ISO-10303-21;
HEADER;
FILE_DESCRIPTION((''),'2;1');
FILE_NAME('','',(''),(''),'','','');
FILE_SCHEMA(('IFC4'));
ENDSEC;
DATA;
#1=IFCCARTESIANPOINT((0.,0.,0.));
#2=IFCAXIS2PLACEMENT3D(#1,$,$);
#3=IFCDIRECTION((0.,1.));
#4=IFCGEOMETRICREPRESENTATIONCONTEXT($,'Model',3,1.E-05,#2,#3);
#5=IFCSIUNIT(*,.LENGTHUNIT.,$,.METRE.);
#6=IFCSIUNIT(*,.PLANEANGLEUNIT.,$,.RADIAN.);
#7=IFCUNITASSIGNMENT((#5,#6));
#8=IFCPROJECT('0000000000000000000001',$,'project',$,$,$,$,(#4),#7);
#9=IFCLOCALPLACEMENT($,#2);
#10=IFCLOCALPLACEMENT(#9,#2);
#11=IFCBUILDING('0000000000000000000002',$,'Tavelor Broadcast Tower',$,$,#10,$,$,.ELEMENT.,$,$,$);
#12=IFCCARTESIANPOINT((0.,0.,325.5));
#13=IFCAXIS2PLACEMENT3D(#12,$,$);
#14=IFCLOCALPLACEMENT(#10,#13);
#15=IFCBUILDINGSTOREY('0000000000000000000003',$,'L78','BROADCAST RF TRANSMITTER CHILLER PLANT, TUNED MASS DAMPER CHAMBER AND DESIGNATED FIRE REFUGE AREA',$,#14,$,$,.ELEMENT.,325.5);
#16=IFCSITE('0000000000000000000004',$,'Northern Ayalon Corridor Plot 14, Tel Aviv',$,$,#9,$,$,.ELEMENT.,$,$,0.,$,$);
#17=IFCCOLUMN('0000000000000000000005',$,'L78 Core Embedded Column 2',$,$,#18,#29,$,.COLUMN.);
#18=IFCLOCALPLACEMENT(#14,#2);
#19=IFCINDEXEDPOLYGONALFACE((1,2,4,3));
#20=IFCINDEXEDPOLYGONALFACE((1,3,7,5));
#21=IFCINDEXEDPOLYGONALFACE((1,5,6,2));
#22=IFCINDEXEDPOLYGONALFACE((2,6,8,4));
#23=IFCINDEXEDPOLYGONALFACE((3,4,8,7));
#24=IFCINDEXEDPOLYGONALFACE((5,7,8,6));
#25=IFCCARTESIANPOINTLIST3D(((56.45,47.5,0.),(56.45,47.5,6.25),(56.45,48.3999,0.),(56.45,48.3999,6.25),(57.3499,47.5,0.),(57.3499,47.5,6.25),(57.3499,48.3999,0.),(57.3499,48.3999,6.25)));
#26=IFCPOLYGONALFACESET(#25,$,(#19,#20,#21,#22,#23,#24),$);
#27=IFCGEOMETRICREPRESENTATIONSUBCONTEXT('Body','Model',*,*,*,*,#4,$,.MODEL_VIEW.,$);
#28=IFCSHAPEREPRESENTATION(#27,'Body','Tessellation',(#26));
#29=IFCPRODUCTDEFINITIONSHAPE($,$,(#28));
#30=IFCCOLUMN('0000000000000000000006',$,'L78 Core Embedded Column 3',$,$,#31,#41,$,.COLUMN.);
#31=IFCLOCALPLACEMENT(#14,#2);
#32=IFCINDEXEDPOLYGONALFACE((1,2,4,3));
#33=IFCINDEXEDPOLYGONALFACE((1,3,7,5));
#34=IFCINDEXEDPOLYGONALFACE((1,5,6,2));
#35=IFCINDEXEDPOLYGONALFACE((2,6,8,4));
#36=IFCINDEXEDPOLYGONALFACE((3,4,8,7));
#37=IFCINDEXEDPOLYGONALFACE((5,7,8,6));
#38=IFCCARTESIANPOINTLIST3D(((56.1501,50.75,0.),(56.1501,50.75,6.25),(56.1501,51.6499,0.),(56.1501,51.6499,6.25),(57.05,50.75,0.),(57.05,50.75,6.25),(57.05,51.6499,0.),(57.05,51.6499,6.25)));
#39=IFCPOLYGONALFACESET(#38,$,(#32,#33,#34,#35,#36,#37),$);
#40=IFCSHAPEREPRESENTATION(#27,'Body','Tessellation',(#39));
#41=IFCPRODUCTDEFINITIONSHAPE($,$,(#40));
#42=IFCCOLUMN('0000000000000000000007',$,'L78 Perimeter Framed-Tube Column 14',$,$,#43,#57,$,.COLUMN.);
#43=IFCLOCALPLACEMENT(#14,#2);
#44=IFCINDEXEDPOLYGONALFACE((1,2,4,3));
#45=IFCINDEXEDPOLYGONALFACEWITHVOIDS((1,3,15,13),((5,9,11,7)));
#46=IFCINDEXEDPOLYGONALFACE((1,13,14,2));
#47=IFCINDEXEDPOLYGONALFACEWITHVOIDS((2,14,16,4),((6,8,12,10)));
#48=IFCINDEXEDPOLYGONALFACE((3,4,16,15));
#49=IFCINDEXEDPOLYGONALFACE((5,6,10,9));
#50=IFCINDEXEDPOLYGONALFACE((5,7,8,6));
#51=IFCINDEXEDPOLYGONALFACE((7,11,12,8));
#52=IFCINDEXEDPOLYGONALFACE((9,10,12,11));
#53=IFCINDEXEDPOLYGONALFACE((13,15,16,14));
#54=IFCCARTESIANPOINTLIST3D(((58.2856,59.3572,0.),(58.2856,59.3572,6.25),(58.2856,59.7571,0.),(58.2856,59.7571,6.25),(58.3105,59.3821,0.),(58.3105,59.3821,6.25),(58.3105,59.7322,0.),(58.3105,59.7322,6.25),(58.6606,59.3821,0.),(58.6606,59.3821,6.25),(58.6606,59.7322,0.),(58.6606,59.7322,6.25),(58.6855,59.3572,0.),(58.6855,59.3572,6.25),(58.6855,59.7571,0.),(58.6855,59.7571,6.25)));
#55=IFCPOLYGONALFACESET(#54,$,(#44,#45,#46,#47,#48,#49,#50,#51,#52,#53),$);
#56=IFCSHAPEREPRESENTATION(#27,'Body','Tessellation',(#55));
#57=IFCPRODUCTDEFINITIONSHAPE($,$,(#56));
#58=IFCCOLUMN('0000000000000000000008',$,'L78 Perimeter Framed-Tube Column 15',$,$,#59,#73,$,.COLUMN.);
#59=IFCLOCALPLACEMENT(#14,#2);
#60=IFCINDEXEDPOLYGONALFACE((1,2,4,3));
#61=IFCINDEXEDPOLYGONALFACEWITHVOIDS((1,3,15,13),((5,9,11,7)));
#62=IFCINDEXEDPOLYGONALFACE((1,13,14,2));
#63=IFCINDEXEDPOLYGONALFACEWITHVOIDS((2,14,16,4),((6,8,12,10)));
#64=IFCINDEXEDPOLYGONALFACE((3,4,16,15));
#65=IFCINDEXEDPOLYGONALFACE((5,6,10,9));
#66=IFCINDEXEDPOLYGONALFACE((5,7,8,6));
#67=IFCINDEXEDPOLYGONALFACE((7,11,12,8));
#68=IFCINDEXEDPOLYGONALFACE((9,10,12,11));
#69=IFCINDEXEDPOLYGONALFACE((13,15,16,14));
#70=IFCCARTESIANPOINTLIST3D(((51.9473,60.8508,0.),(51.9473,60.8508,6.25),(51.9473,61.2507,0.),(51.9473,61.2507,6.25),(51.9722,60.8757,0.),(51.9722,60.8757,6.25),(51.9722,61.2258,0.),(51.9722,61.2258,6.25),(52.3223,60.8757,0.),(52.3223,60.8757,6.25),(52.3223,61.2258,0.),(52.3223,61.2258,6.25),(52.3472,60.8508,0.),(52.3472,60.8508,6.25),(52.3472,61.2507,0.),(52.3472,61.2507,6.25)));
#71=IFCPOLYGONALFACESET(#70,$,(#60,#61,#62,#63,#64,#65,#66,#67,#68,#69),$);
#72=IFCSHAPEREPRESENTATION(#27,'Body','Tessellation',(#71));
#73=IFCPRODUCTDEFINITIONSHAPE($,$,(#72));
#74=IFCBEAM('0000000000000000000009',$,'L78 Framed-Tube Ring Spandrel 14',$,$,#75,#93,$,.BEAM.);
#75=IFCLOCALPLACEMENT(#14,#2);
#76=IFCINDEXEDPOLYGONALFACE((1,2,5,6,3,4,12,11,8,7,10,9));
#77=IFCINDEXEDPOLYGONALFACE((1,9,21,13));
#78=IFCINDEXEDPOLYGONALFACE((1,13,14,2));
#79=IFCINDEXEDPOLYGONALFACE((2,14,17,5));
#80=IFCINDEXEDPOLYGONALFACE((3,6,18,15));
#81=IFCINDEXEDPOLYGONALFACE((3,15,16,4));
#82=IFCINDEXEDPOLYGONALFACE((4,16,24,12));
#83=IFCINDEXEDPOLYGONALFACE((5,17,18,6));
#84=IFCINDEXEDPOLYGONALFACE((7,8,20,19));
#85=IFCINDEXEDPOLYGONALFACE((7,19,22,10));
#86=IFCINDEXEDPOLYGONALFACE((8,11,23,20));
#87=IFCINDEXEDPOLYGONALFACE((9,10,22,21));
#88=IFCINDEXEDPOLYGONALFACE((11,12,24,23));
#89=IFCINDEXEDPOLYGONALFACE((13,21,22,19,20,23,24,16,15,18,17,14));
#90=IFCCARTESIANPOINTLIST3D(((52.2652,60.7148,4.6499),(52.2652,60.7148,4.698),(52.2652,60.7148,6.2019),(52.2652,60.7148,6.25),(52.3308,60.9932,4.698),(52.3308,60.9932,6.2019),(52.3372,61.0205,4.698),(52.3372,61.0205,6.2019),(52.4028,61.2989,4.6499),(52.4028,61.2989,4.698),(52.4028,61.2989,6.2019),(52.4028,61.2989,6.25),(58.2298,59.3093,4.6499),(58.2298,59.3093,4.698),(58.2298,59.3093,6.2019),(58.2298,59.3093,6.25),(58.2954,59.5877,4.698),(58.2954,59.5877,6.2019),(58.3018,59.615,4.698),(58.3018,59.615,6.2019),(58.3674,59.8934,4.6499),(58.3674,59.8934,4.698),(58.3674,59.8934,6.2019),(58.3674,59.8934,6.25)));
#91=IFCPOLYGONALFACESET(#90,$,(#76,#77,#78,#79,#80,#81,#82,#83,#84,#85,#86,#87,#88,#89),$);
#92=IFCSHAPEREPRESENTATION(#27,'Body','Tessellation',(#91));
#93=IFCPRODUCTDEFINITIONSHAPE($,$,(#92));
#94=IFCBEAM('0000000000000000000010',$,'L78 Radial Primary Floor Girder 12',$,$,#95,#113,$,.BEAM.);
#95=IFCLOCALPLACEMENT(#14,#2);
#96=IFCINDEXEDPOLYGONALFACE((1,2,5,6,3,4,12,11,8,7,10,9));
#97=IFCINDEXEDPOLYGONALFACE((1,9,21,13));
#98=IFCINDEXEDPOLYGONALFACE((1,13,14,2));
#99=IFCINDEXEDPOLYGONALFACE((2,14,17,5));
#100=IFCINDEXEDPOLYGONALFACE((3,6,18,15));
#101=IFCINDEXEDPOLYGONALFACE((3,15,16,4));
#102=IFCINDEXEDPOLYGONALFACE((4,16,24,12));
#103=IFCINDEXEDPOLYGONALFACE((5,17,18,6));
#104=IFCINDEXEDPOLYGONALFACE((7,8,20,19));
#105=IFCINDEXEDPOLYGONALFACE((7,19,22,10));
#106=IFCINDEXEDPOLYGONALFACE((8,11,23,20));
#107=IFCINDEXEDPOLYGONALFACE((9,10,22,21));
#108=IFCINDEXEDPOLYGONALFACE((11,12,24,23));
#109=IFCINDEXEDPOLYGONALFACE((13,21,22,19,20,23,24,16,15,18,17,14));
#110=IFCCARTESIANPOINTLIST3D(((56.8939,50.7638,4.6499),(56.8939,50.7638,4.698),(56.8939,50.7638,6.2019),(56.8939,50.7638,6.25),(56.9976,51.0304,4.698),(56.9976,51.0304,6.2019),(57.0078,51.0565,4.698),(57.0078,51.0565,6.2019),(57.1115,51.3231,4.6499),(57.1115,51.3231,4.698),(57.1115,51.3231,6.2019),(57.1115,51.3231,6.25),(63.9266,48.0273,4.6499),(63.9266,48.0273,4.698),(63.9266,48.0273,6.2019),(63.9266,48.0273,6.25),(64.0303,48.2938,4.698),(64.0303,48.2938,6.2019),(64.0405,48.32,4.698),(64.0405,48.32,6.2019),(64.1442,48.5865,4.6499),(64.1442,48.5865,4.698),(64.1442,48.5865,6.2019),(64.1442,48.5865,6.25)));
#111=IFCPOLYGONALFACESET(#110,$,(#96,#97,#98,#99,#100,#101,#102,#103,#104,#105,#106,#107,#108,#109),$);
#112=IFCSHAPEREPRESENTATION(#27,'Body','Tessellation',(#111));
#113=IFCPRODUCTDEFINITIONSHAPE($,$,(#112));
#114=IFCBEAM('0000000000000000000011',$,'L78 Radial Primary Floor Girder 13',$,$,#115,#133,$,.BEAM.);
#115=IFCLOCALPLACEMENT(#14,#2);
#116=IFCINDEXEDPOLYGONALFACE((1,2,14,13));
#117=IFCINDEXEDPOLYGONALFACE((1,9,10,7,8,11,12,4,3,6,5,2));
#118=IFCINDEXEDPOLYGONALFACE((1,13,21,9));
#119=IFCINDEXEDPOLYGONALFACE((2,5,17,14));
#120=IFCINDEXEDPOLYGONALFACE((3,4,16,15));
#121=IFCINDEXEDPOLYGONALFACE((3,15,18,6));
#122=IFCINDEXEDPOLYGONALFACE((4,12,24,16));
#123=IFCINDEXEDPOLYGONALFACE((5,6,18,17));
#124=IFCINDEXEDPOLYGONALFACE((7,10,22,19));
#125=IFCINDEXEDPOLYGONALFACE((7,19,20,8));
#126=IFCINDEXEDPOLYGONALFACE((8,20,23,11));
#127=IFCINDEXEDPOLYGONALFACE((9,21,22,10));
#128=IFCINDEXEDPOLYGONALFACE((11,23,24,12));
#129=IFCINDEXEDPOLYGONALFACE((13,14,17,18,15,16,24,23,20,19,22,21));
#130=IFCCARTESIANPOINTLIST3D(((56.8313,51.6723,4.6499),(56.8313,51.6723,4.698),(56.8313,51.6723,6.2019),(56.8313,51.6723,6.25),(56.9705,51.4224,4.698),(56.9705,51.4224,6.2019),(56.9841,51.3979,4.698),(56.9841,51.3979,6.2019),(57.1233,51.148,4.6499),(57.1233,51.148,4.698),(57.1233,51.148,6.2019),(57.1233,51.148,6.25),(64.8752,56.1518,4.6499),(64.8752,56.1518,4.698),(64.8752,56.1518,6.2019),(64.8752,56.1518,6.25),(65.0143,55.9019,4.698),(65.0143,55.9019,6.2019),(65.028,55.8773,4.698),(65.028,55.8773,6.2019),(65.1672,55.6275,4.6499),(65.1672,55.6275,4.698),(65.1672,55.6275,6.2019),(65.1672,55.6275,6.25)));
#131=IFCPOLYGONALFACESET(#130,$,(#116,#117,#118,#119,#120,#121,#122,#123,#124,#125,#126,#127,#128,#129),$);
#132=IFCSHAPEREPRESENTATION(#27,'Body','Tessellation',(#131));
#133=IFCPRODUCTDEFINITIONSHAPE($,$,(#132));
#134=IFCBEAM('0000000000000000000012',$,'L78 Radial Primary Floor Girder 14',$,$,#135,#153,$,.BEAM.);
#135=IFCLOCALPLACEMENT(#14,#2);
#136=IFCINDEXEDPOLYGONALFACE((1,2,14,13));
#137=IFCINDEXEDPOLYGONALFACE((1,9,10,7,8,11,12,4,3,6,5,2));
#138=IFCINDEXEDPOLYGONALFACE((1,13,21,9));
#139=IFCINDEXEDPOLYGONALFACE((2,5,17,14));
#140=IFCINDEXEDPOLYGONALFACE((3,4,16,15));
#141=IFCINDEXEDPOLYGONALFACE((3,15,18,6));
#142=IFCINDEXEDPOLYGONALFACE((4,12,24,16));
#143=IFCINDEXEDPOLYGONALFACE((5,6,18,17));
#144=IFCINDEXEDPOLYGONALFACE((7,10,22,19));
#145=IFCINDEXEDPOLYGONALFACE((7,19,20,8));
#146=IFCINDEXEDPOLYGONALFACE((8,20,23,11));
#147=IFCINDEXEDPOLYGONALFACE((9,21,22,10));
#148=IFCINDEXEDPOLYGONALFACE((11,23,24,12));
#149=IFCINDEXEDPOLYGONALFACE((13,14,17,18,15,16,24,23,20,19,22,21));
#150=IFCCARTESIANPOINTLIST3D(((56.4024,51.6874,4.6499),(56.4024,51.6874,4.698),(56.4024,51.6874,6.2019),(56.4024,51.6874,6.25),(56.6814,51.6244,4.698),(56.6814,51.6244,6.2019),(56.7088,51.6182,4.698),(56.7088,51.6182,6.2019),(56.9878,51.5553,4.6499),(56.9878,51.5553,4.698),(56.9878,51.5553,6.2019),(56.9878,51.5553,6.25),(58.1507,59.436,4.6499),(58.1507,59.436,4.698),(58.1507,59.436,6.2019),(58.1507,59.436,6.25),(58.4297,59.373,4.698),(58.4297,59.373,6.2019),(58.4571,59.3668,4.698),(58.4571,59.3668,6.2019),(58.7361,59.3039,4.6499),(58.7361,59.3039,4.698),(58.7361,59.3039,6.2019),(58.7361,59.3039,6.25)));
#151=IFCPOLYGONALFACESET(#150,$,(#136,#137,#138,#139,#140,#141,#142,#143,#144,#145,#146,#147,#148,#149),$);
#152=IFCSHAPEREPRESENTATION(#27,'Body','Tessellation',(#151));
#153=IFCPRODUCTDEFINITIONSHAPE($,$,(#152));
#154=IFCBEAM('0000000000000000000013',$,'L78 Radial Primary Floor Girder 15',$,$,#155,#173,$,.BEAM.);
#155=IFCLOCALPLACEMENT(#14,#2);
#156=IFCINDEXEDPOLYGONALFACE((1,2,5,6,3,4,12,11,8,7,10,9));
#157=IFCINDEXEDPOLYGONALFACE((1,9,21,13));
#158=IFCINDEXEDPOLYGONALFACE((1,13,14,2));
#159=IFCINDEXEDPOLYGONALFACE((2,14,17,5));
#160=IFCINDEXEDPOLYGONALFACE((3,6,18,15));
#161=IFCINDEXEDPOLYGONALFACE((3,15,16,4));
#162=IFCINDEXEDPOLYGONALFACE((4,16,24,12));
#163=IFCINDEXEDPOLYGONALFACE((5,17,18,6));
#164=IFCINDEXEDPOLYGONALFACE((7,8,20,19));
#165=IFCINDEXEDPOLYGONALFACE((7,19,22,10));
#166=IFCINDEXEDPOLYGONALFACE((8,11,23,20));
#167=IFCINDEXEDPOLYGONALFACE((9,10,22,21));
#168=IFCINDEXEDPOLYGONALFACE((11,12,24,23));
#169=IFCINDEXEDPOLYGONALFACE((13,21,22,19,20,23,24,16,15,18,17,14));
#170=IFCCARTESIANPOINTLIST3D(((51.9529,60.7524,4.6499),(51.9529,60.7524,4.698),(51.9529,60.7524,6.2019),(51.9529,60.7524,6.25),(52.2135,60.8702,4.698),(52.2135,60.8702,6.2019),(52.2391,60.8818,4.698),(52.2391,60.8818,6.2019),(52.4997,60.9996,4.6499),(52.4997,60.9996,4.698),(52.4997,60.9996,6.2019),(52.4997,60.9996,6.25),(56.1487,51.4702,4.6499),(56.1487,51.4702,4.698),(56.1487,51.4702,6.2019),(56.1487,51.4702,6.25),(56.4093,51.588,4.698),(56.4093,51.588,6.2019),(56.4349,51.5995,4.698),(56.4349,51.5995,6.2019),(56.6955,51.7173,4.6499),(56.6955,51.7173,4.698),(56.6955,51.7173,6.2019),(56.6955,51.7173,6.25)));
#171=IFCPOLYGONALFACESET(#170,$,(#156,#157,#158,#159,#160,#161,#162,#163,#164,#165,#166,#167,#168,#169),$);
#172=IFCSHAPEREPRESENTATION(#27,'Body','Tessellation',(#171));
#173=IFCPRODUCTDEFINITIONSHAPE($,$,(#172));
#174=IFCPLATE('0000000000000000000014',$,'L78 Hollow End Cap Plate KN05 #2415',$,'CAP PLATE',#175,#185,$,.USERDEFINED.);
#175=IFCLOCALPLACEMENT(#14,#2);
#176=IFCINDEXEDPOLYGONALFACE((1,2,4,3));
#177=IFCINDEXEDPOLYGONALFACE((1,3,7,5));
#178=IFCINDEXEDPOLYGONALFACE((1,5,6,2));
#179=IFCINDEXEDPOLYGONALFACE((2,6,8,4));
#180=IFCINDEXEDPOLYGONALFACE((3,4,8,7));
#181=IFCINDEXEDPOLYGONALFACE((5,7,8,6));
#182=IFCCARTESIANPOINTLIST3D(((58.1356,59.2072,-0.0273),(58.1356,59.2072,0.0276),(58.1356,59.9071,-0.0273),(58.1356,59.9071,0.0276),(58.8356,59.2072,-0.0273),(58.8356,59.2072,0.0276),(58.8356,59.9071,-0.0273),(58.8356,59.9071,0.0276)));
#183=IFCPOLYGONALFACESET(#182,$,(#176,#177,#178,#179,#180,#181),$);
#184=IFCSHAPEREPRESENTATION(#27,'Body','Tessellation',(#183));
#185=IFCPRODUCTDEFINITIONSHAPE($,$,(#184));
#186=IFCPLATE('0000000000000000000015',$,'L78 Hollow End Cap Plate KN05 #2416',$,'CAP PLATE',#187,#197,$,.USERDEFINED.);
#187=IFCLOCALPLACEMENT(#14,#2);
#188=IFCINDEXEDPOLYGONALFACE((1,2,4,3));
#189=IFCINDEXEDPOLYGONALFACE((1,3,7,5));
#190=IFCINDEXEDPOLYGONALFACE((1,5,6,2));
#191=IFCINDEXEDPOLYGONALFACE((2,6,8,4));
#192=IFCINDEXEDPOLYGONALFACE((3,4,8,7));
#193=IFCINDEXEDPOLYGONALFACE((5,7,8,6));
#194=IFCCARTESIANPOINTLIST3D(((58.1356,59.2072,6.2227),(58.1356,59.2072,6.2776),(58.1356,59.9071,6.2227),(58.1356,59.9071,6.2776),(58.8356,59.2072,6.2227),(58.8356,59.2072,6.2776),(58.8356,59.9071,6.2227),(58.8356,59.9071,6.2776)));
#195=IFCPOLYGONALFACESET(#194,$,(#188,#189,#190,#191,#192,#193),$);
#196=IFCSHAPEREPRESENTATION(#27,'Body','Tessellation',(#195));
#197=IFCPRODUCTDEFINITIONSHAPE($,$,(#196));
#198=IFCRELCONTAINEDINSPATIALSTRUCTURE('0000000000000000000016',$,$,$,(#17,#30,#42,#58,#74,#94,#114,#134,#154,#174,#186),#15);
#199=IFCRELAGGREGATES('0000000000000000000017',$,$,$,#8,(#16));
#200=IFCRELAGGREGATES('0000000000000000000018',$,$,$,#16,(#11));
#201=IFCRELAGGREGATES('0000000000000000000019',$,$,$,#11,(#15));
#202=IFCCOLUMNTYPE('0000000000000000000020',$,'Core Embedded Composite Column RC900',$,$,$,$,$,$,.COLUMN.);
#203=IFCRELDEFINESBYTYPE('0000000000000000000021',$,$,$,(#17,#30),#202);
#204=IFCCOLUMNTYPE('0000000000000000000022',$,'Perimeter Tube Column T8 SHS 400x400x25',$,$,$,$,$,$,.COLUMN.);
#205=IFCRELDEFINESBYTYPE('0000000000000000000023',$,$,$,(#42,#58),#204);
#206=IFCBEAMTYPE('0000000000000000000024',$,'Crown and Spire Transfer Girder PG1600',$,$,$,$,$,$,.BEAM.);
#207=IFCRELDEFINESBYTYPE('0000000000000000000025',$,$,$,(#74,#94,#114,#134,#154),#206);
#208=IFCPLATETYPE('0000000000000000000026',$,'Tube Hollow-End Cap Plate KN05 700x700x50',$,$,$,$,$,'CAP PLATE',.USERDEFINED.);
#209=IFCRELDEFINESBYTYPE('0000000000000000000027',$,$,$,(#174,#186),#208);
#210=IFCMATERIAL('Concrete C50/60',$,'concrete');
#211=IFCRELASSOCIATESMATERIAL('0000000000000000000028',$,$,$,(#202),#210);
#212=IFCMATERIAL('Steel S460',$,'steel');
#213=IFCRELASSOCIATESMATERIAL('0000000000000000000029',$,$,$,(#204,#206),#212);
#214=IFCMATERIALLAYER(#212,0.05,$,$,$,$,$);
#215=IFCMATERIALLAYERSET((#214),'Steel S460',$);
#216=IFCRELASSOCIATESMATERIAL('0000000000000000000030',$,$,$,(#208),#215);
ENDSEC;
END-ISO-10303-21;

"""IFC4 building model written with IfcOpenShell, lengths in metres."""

from ifc_helpers import new_model, si_unit, direction, frame, origin, origin_2d, place, context, subcontext, project, spatial, rectangle, hollow_rectangle, i_section, extrude, source, transform, mapped, material, layer, layer_set, material_profile, profile_set, type_object, type_shapes, element, save


model = new_model("IFC4")

# Units and contexts
model_context = context("Model", 3, precision=1e-05, world=origin(), true_north=direction((0.0, 1.0)))
body_context = subcontext(model_context, "Body", "Model", "MODEL_VIEW")
ifc_project = project(units=[si_unit("LENGTHUNIT", "METRE"), si_unit("PLANEANGLEUNIT", "RADIAN")], contexts=[model_context])

# Site, building, storey
site_placement = place(None, origin())
site = spatial("IfcSite", under=ifc_project, at=site_placement, Name="Northern Ayalon Corridor Plot 14, Tel Aviv", CompositionType="ELEMENT", RefElevation=0.0)
building_placement = place(site_placement, origin())
building = spatial("IfcBuilding", under=site, at=building_placement, Name="Tavelor Broadcast Tower", CompositionType="ELEMENT")
storey_placement = place(building_placement, frame((0.0, 0.0, 325.5)))
storey = spatial("IfcBuildingStorey", under=building, at=storey_placement, Name="L78", Description="BROADCAST RF TRANSMITTER CHILLER PLANT, TUNED MASS DAMPER CHAMBER AND DESIGNATED FIRE REFUGE AREA", CompositionType="ELEMENT", Elevation=325.5)

# Columns
ifc_material_1 = material(Name="Concrete C50/60", Category="concrete")
ifc_material_profile_1 = material_profile(ifc_material_1, rectangle(XDim=0.8999, YDim=0.8999, at=origin_2d()), Name="RC 900x900")
ifc_profile_set_1 = profile_set([ifc_material_profile_1], Name="Concrete C50/60")
column_type_1 = type_object("IfcColumnType", Name="Core Embedded Composite Column RC900", PredefinedType="COLUMN", material=ifc_profile_set_1)
for number, where, z_axis, x_axis, name in (
    (1, (56.8999, 47.95, 0.0), (0.0, 0.0, 1.0), (1.0, 0.0, 0.0), "L78 Core Embedded Column 2"),
    (2, (56.6001, 51.2, 0.0), (0.0, 0.0, 1.0), (1.0, 0.0, 0.0), "L78 Core Embedded Column 3"),
):
    element("IfcColumn", number, at=place(storey_placement, frame(where, z_axis=z_axis, x_axis=x_axis)), inside=storey, type_object=column_type_1, Name=name, PredefinedType="COLUMN", context=body_context, shape_type="SweptSolid", body=[
        extrude(rectangle(XDim=0.8999, YDim=0.8999, at=origin_2d()), origin(), (0.0, 0.0, 1.0), 6.25),
    ])
ifc_material_2 = material(Name="Steel S460", Category="steel")
ifc_material_profile_2 = material_profile(ifc_material_2, hollow_rectangle(XDim=0.3999, YDim=0.3999, WallThickness=0.0249, at=origin_2d()), Name="SHS 400x400x25")
ifc_profile_set_2 = profile_set([ifc_material_profile_2], Name="Steel S460")
column_type_2 = type_object("IfcColumnType", Name="Perimeter Tube Column T8 SHS 400x400x25", PredefinedType="COLUMN", material=ifc_profile_set_2)
for number, where, z_axis, x_axis, name in (
    (3, (58.4856, 59.5571, 0.0), (0.0, 0.0, 1.0), (1.0, 0.0, 0.0), "L78 Perimeter Framed-Tube Column 14"),
    (4, (52.1472, 61.0508, 0.0), (0.0, 0.0, 1.0), (1.0, 0.0, 0.0), "L78 Perimeter Framed-Tube Column 15"),
):
    element("IfcColumn", number, at=place(storey_placement, frame(where, z_axis=z_axis, x_axis=x_axis)), inside=storey, type_object=column_type_2, Name=name, PredefinedType="COLUMN", context=body_context, shape_type="SweptSolid", body=[
        extrude(hollow_rectangle(XDim=0.3999, YDim=0.3999, WallThickness=0.0249, at=origin_2d()), origin(), (0.0, 0.0, 1.0), 6.25),
    ])

# Beams
ifc_material_profile_3 = material_profile(ifc_material_2, i_section(OverallWidth=0.6001, OverallDepth=1.6001, WebThickness=0.0281, FlangeThickness=0.0481, at=origin_2d()), Name="PG 1600x600")
ifc_profile_set_3 = profile_set([ifc_material_profile_3], Name="Steel S460")
beam_type = type_object("IfcBeamType", Name="Crown and Spire Transfer Girder PG1600", PredefinedType="BEAM", material=ifc_profile_set_3)
beam_1_placement = place(storey_placement, frame((58.2986, 59.6013, 5.45), z_axis=(-0.973341, 0.229361, 0.0), x_axis=(-0.229361, -0.973341, 0.0)))
element("IfcBeam", 5, at=beam_1_placement, inside=storey, type_object=beam_type, Name="L78 Framed-Tube Ring Spandrel 14", PredefinedType="BEAM", context=body_context, shape_type="SweptSolid", body=[
    extrude(i_section(OverallWidth=0.6001, OverallDepth=1.6001, WebThickness=0.0281, FlangeThickness=0.0481, at=origin_2d()), origin(), (0.0, 0.0, 1.0), 6.1279),
])
beam_2_placement = place(storey_placement, frame((57.0027, 51.0435, 5.45), z_axis=(0.931932, -0.362634, 0.0), x_axis=(0.362634, 0.931932, 0.0)))
element("IfcBeam", 6, at=beam_2_placement, inside=storey, type_object=beam_type, Name="L78 Radial Primary Floor Girder 12", PredefinedType="BEAM", context=body_context, shape_type="SweptSolid", body=[
    extrude(i_section(OverallWidth=0.6001, OverallDepth=1.6001, WebThickness=0.0281, FlangeThickness=0.0481, at=origin_2d()), origin(), (0.0, 0.0, 1.0), 7.5464),
])
beam_3_placement = place(storey_placement, frame((56.9773, 51.4102, 5.45), z_axis=(0.873667, 0.486525, 0.0), x_axis=(-0.486525, 0.873667, 0.0)))
element("IfcBeam", 7, at=beam_3_placement, inside=storey, type_object=beam_type, Name="L78 Radial Primary Floor Girder 13", PredefinedType="BEAM", context=body_context, shape_type="SweptSolid", body=[
    extrude(i_section(OverallWidth=0.6001, OverallDepth=1.6001, WebThickness=0.0281, FlangeThickness=0.0481, at=origin_2d()), origin(), (0.0, 0.0, 1.0), 9.207),
])
beam_4_placement = place(storey_placement, frame((56.6951, 51.6213, 5.45), z_axis=(0.220096, 0.975478, 0.0), x_axis=(-0.975478, 0.220096, 0.0)))
element("IfcBeam", 8, at=beam_4_placement, inside=storey, type_object=beam_type, Name="L78 Radial Primary Floor Girder 14", PredefinedType="BEAM", context=body_context, shape_type="SweptSolid", body=[
    extrude(i_section(OverallWidth=0.6001, OverallDepth=1.6001, WebThickness=0.0281, FlangeThickness=0.0481, at=origin_2d()), origin(), (0.0, 0.0, 1.0), 7.9434),
])
beam_5_placement = place(storey_placement, frame((56.4221, 51.5938, 5.45), z_axis=(-0.411899, 0.91123, 0.0), x_axis=(-0.91123, -0.411899, 0.0)))
element("IfcBeam", 9, at=beam_5_placement, inside=storey, type_object=beam_type, Name="L78 Radial Primary Floor Girder 15", PredefinedType="BEAM", context=body_context, shape_type="SweptSolid", body=[
    extrude(i_section(OverallWidth=0.6001, OverallDepth=1.6001, WebThickness=0.0281, FlangeThickness=0.0481, at=origin_2d()), origin(), (0.0, 0.0, 1.0), 10.1865),
])

# Plates
ifc_layer_1 = layer(ifc_material_2, 0.05)
ifc_layer_set_1 = layer_set([ifc_layer_1], Name="Steel S460")
plate_type_1 = type_object("IfcPlateType", Name="Tube Hollow-End Cap Plate KN05 700x700x50", ElementType="CAP PLATE", PredefinedType="USERDEFINED", material=ifc_layer_set_1)
shared_shape_1 = source(origin(), body_context, "Body", "SweptSolid", [
    extrude(rectangle(XDim=0.7, YDim=0.7, at=origin_2d()), origin(), (0.0, 0.0, 1.0), 0.0549),
])
type_shapes(plate_type_1, [shared_shape_1])
for number, where, z_axis, x_axis, name in (
    (10, (58.4856, 59.5571, -0.0273), (0.0, 0.0, 1.0), (1.0, 0.0, 0.0), "L78 Hollow End Cap Plate KN05 #2415"),
    (11, (58.4856, 59.5571, 6.2227), (0.0, 0.0, 1.0), (1.0, 0.0, 0.0), "L78 Hollow End Cap Plate KN05 #2416"),
):
    element("IfcPlate", number, at=place(storey_placement, frame(where, z_axis=z_axis, x_axis=x_axis)), inside=storey, type_object=plate_type_1, Name=name, ObjectType="CAP PLATE", PredefinedType="USERDEFINED", context=body_context, shape_type="MappedRepresentation", body=[
        mapped(shared_shape_1, transform((0.0, 0.0, 0.0), scale=1.0)),
    ])

save(model, "model.ifc")
